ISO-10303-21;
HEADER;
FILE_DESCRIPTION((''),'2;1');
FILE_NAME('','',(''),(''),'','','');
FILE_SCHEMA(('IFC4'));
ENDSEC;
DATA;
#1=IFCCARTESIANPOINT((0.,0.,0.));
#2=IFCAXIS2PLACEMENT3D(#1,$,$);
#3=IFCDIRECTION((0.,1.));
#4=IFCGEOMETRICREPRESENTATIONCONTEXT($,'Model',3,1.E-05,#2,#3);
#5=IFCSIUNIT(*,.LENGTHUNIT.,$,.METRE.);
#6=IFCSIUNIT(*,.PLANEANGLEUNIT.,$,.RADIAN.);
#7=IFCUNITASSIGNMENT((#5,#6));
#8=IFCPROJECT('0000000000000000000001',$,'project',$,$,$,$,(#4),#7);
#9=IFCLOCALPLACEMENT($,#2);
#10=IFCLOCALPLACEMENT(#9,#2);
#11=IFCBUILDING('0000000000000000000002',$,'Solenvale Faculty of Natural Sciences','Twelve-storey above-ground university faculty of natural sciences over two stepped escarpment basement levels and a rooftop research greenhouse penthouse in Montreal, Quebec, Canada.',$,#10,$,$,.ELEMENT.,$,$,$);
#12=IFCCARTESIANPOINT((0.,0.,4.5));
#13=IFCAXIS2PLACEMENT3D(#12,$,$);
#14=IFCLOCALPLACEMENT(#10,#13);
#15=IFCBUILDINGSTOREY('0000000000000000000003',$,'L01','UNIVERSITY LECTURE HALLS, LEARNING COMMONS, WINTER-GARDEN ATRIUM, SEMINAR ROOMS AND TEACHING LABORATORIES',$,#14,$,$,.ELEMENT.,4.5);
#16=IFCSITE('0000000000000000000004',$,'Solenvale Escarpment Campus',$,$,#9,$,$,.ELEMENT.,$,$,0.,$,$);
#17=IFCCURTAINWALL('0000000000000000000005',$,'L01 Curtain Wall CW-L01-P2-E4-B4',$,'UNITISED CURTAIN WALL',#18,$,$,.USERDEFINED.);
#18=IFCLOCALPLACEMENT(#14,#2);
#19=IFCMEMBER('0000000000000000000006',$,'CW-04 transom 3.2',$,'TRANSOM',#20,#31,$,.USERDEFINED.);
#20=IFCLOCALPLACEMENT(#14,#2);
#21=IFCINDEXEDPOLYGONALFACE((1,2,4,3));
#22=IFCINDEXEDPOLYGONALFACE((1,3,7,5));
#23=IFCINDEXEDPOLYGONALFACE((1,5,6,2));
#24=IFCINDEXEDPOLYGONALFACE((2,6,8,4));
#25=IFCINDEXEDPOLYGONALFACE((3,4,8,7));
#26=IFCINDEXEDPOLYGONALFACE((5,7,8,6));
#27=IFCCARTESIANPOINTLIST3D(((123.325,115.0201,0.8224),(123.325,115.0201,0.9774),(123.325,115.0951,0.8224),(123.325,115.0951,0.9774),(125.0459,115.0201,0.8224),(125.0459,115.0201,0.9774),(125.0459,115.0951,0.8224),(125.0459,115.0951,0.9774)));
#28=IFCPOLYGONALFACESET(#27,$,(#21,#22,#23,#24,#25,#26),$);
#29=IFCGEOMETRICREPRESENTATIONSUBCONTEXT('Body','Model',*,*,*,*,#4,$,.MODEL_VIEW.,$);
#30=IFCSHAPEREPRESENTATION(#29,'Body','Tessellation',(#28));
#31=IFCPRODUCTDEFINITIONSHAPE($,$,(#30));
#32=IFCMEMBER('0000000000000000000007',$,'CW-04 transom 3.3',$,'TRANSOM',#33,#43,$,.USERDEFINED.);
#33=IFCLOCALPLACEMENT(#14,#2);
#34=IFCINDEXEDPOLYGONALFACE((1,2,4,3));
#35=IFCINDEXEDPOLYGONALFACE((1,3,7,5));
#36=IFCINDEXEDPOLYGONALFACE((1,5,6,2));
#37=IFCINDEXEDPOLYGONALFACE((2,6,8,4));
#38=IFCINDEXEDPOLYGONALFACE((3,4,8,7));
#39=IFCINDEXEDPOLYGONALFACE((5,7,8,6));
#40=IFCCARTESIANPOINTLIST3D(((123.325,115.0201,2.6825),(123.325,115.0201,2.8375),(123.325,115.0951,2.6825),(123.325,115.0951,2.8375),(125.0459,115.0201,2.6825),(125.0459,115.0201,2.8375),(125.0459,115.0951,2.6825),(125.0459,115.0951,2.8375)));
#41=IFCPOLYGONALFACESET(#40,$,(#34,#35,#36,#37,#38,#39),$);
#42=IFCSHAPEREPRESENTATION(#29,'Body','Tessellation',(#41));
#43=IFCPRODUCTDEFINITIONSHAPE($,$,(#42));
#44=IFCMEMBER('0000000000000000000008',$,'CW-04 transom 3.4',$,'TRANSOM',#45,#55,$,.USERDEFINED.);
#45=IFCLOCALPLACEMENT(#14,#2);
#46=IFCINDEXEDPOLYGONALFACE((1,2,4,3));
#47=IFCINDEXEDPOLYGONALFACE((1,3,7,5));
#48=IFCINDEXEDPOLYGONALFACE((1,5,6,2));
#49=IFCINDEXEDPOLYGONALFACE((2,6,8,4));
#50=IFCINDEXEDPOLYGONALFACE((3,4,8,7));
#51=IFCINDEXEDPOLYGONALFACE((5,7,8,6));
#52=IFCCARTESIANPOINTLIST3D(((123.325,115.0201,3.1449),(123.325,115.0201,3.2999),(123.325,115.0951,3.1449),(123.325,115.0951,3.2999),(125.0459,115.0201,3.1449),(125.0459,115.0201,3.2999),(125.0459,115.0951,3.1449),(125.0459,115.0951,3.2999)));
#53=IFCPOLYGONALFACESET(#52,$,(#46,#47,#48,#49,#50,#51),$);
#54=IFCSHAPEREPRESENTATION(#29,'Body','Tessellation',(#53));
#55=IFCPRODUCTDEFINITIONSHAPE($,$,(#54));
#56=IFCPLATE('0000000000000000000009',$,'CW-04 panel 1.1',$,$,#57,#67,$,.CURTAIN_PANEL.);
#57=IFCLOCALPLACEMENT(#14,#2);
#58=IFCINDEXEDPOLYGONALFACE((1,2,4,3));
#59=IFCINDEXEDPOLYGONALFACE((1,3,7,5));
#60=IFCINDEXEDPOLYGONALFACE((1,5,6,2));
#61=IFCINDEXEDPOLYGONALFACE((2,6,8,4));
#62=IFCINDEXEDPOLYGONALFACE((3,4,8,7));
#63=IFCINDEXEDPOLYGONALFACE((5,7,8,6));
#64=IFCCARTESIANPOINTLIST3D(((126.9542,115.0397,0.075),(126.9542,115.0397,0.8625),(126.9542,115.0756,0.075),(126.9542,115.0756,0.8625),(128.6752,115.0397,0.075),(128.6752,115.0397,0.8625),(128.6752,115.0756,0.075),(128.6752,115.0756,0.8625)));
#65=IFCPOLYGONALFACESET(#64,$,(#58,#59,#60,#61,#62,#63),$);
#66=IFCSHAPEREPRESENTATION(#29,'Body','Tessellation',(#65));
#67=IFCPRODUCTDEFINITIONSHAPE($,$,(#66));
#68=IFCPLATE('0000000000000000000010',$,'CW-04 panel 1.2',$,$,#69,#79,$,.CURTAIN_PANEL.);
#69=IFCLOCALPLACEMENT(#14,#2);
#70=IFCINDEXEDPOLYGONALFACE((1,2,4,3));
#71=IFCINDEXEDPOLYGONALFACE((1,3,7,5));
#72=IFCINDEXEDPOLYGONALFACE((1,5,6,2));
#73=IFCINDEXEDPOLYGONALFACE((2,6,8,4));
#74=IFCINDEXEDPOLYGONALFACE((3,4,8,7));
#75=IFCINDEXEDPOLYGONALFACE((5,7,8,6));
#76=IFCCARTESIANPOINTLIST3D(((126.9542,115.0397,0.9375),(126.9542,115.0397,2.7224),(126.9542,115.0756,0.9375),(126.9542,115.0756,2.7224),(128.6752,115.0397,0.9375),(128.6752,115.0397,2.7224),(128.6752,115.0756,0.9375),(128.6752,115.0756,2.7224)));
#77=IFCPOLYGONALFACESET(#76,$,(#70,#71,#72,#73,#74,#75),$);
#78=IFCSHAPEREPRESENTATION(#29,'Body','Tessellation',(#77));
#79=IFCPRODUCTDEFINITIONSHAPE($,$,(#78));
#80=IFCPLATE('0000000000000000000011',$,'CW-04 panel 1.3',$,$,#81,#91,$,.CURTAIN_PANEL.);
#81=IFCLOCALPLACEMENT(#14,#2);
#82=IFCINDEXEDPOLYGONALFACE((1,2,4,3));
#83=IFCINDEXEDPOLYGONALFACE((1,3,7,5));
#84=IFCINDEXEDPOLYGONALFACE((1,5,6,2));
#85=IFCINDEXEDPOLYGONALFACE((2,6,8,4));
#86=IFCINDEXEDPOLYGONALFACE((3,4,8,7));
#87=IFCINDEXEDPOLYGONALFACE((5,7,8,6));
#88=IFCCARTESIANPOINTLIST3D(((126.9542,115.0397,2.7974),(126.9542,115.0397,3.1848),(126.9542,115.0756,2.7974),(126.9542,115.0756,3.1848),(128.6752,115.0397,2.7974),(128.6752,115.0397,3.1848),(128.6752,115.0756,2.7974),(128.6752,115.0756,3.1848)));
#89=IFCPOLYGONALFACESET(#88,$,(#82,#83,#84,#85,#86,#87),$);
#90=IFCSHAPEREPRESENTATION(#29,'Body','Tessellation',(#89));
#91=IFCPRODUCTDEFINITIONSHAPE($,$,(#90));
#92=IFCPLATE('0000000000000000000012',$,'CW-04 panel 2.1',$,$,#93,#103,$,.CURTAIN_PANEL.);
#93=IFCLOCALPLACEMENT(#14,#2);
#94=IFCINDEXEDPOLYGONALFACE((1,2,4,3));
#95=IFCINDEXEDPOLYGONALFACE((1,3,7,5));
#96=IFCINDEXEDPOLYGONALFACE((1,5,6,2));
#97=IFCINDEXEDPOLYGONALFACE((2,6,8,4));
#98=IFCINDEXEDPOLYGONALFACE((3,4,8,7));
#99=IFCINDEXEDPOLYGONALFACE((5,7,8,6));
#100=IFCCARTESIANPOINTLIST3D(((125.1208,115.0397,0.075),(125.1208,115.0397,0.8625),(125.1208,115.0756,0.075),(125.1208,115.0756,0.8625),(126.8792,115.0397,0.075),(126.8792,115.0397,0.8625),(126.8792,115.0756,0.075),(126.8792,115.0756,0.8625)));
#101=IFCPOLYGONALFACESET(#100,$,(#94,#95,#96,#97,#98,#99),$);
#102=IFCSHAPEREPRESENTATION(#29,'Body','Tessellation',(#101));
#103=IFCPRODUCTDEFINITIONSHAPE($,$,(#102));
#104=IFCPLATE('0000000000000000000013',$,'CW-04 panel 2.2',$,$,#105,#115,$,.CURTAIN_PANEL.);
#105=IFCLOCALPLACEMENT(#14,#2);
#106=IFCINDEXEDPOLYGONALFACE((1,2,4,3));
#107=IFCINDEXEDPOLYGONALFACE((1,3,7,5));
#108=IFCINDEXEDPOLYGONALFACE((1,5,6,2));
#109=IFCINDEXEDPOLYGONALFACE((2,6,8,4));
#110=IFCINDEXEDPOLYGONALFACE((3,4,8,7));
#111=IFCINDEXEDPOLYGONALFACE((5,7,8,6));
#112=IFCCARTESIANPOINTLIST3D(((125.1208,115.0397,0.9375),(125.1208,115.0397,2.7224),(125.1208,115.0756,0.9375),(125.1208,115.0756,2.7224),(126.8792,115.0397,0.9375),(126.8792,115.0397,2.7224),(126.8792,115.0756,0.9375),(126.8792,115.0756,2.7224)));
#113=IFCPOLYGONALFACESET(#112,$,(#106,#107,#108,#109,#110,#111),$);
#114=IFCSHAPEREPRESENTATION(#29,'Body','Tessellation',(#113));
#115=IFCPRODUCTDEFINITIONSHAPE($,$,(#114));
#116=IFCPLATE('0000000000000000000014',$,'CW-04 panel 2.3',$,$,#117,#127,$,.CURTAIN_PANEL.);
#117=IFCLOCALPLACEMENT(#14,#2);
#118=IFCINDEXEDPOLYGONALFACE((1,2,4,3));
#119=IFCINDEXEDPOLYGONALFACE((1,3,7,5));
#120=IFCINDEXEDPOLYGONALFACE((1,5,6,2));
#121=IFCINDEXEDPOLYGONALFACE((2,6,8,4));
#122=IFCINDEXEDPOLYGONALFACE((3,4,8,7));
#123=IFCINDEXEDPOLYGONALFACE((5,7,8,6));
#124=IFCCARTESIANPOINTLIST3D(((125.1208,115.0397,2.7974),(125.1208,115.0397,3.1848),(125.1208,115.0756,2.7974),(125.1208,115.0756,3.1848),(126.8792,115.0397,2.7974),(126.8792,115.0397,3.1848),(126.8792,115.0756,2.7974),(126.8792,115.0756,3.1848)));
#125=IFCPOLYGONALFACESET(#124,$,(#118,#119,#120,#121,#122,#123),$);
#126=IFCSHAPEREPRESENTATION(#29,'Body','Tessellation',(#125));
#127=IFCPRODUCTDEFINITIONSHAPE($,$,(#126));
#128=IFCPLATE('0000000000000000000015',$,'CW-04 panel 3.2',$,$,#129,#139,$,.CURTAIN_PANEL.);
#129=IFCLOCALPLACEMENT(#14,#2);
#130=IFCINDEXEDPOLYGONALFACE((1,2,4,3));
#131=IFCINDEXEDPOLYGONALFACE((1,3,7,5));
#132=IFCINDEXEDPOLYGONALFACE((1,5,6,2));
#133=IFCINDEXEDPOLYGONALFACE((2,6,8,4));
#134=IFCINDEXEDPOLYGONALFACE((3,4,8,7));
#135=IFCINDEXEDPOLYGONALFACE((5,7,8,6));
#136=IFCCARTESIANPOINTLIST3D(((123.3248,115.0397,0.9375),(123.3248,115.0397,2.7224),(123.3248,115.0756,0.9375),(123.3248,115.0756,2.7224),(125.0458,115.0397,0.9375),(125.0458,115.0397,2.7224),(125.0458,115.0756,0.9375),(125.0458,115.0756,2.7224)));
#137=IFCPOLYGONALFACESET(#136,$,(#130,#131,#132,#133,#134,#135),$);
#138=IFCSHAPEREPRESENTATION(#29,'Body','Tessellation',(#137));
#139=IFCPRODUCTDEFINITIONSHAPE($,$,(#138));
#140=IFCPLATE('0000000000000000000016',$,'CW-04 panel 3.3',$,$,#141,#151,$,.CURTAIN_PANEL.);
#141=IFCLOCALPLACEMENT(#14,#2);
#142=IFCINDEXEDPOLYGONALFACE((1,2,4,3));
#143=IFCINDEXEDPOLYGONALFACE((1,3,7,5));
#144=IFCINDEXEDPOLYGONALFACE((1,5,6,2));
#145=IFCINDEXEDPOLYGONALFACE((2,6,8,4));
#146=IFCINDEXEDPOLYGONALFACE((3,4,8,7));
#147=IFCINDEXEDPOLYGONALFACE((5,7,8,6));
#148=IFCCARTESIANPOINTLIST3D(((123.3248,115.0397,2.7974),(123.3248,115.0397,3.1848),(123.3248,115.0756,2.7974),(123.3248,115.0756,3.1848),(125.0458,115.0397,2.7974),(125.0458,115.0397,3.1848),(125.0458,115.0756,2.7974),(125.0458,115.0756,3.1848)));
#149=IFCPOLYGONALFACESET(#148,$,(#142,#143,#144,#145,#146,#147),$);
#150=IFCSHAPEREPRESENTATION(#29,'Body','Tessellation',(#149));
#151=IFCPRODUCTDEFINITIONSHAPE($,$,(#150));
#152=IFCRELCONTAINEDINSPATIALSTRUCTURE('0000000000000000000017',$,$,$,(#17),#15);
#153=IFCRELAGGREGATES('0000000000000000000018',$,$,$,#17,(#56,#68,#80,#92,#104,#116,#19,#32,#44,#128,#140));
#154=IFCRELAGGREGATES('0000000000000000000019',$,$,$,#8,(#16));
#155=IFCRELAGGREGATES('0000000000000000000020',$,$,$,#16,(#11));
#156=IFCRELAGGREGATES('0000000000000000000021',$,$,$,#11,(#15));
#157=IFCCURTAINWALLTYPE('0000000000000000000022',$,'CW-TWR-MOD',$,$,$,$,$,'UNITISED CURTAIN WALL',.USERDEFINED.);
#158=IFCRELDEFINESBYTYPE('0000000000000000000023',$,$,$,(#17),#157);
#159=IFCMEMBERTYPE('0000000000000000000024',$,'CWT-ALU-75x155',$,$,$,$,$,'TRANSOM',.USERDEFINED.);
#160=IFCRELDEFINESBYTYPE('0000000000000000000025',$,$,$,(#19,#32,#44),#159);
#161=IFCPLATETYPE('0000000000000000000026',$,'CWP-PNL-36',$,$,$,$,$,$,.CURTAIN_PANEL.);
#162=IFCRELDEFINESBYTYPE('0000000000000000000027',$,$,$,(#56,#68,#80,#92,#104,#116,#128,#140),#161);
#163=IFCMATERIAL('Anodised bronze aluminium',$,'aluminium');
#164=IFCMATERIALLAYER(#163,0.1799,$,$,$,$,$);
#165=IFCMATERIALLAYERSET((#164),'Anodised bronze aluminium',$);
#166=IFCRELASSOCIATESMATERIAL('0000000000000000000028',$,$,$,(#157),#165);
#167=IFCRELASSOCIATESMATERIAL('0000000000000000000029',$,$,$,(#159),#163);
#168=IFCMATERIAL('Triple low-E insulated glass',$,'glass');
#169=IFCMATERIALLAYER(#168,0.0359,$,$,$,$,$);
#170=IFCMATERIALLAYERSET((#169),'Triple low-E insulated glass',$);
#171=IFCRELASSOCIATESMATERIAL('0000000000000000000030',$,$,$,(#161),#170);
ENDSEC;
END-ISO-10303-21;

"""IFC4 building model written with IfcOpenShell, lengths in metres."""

from ifc_helpers import new_model, si_unit, direction, frame, origin, origin_2d, place, context, subcontext, project, spatial, rectangle, extrude, material, layer, layer_set, material_profile, profile_set, type_object, element, aggregate, save


model = new_model("IFC4")

# Units and contexts
model_context = context("Model", 3, precision=1e-05, world=origin(), true_north=direction((0.0, 1.0)))
body_context = subcontext(model_context, "Body", "Model", "MODEL_VIEW")
ifc_project = project(units=[si_unit("LENGTHUNIT", "METRE"), si_unit("PLANEANGLEUNIT", "RADIAN")], contexts=[model_context])

# Site, building, storey
site_placement = place(None, origin())
site = spatial("IfcSite", under=ifc_project, at=site_placement, Name="Solenvale Escarpment Campus", CompositionType="ELEMENT", RefElevation=0.0)
building_placement = place(site_placement, origin())
building = spatial("IfcBuilding", under=site, at=building_placement, Name="Solenvale Faculty of Natural Sciences", Description="Twelve-storey above-ground university faculty of natural sciences over two stepped escarpment basement levels and a rooftop research greenhouse penthouse in Montreal, Quebec, Canada.", CompositionType="ELEMENT")
storey_placement = place(building_placement, frame((0.0, 0.0, 4.5)))
storey = spatial("IfcBuildingStorey", under=building, at=storey_placement, Name="L01", Description="UNIVERSITY LECTURE HALLS, LEARNING COMMONS, WINTER-GARDEN ATRIUM, SEMINAR ROOMS AND TEACHING LABORATORIES", CompositionType="ELEMENT", Elevation=4.5)

# Curtain wall, members, plates
ifc_material_1 = material(Name="Anodised bronze aluminium", Category="aluminium")
ifc_layer_1 = layer(ifc_material_1, 0.1799)
ifc_layer_set_1 = layer_set([ifc_layer_1], Name="Anodised bronze aluminium")
curtain_wall_type = type_object("IfcCurtainWallType", Name="CW-TWR-MOD", ElementType="UNITISED CURTAIN WALL", PredefinedType="USERDEFINED", material=ifc_layer_set_1)
curtain_wall_placement = place(storey_placement, origin())
curtain_wall = element("IfcCurtainWall", 1, at=curtain_wall_placement, inside=storey, type_object=curtain_wall_type, Name="L01 Curtain Wall CW-L01-P2-E4-B4", ObjectType="UNITISED CURTAIN WALL", PredefinedType="USERDEFINED")
ifc_material_profile_1 = material_profile(ifc_material_1, rectangle(XDim=0.075, YDim=0.155, at=origin_2d()), Name="ALU-TRN-75x155")
ifc_profile_set_1 = profile_set([ifc_material_profile_1], Name="Anodised bronze aluminium")
member_type_1 = type_object("IfcMemberType", Name="CWT-ALU-75x155", ElementType="TRANSOM", PredefinedType="USERDEFINED", material=ifc_profile_set_1)
member_1_placement = place(storey_placement, frame((125.0459, 115.0576, 0.8999), z_axis=(-1.0, 0.0, 0.0), x_axis=(0.0, -1.0, 0.0)))
member_1 = element("IfcMember", 2, at=member_1_placement, type_object=member_type_1, Name="CW-04 transom 3.2", ObjectType="TRANSOM", PredefinedType="USERDEFINED", context=body_context, shape_type="SweptSolid", body=[
    extrude(rectangle(XDim=0.075, YDim=0.155, at=origin_2d()), origin(), (0.0, 0.0, 1.0), 1.7209),
])
member_2_placement = place(storey_placement, frame((125.0459, 115.0576, 2.76), z_axis=(-1.0, 0.0, 0.0), x_axis=(0.0, -1.0, 0.0)))
member_2 = element("IfcMember", 3, at=member_2_placement, type_object=member_type_1, Name="CW-04 transom 3.3", ObjectType="TRANSOM", PredefinedType="USERDEFINED", context=body_context, shape_type="SweptSolid", body=[
    extrude(rectangle(XDim=0.075, YDim=0.155, at=origin_2d()), origin(), (0.0, 0.0, 1.0), 1.7209),
])
member_3_placement = place(storey_placement, frame((125.0459, 115.0576, 3.2224), z_axis=(-1.0, 0.0, 0.0), x_axis=(0.0, -1.0, 0.0)))
member_3 = element("IfcMember", 4, at=member_3_placement, type_object=member_type_1, Name="CW-04 transom 3.4", ObjectType="TRANSOM", PredefinedType="USERDEFINED", context=body_context, shape_type="SweptSolid", body=[
    extrude(rectangle(XDim=0.075, YDim=0.155, at=origin_2d()), origin(), (0.0, 0.0, 1.0), 1.7209),
])
ifc_material_2 = material(Name="Triple low-E insulated glass", Category="glass")
ifc_layer_2 = layer(ifc_material_2, 0.0359)
ifc_layer_set_2 = layer_set([ifc_layer_2], Name="Triple low-E insulated glass")
plate_type = type_object("IfcPlateType", Name="CWP-PNL-36", PredefinedType="CURTAIN_PANEL", material=ifc_layer_set_2)
plate_1_placement = place(storey_placement, frame((127.8147, 115.0576, 0.075), z_axis=(0.0, 0.0, 1.0), x_axis=(-1.0, 0.0, 0.0)))
plate_1 = element("IfcPlate", 5, at=plate_1_placement, type_object=plate_type, Name="CW-04 panel 1.1", PredefinedType="CURTAIN_PANEL", context=body_context, shape_type="SweptSolid", body=[
    extrude(rectangle(XDim=1.7209, YDim=0.0359, at=origin_2d()), origin(), (0.0, 0.0, 1.0), 0.7876),
])
plate_2_placement = place(storey_placement, frame((127.8147, 115.0576, 0.9375), z_axis=(0.0, 0.0, 1.0), x_axis=(-1.0, 0.0, 0.0)))
plate_2 = element("IfcPlate", 6, at=plate_2_placement, type_object=plate_type, Name="CW-04 panel 1.2", PredefinedType="CURTAIN_PANEL", context=body_context, shape_type="SweptSolid", body=[
    extrude(rectangle(XDim=1.7209, YDim=0.0359, at=origin_2d()), origin(), (0.0, 0.0, 1.0), 1.7849),
])
plate_3_placement = place(storey_placement, frame((127.8147, 115.0576, 2.7974), z_axis=(0.0, 0.0, 1.0), x_axis=(-1.0, 0.0, 0.0)))
plate_3 = element("IfcPlate", 7, at=plate_3_placement, type_object=plate_type, Name="CW-04 panel 1.3", PredefinedType="CURTAIN_PANEL", context=body_context, shape_type="SweptSolid", body=[
    extrude(rectangle(XDim=1.7209, YDim=0.0359, at=origin_2d()), origin(), (0.0, 0.0, 1.0), 0.3875),
])
plate_4_placement = place(storey_placement, frame((126.0, 115.0576, 0.075), z_axis=(0.0, 0.0, 1.0), x_axis=(-1.0, 0.0, 0.0)))
plate_4 = element("IfcPlate", 8, at=plate_4_placement, type_object=plate_type, Name="CW-04 panel 2.1", PredefinedType="CURTAIN_PANEL", context=body_context, shape_type="SweptSolid", body=[
    extrude(rectangle(XDim=1.7583, YDim=0.0359, at=origin_2d()), origin(), (0.0, 0.0, 1.0), 0.7876),
])
plate_5_placement = place(storey_placement, frame((126.0, 115.0576, 0.9375), z_axis=(0.0, 0.0, 1.0), x_axis=(-1.0, 0.0, 0.0)))
plate_5 = element("IfcPlate", 9, at=plate_5_placement, type_object=plate_type, Name="CW-04 panel 2.2", PredefinedType="CURTAIN_PANEL", context=body_context, shape_type="SweptSolid", body=[
    extrude(rectangle(XDim=1.7583, YDim=0.0359, at=origin_2d()), origin(), (0.0, 0.0, 1.0), 1.7849),
])
plate_6_placement = place(storey_placement, frame((126.0, 115.0576, 2.7974), z_axis=(0.0, 0.0, 1.0), x_axis=(-1.0, 0.0, 0.0)))
plate_6 = element("IfcPlate", 10, at=plate_6_placement, type_object=plate_type, Name="CW-04 panel 2.3", PredefinedType="CURTAIN_PANEL", context=body_context, shape_type="SweptSolid", body=[
    extrude(rectangle(XDim=1.7583, YDim=0.0359, at=origin_2d()), origin(), (0.0, 0.0, 1.0), 0.3875),
])
plate_7_placement = place(storey_placement, frame((124.1853, 115.0576, 0.9375), z_axis=(0.0, 0.0, 1.0), x_axis=(-1.0, 0.0, 0.0)))
plate_7 = element("IfcPlate", 11, at=plate_7_placement, type_object=plate_type, Name="CW-04 panel 3.2", PredefinedType="CURTAIN_PANEL", context=body_context, shape_type="SweptSolid", body=[
    extrude(rectangle(XDim=1.7209, YDim=0.0359, at=origin_2d()), origin(), (0.0, 0.0, 1.0), 1.7849),
])
plate_8_placement = place(storey_placement, frame((124.1853, 115.0576, 2.7974), z_axis=(0.0, 0.0, 1.0), x_axis=(-1.0, 0.0, 0.0)))
plate_8 = element("IfcPlate", 12, at=plate_8_placement, type_object=plate_type, Name="CW-04 panel 3.3", PredefinedType="CURTAIN_PANEL", context=body_context, shape_type="SweptSolid", body=[
    extrude(rectangle(XDim=1.7209, YDim=0.0359, at=origin_2d()), origin(), (0.0, 0.0, 1.0), 0.3875),
])
aggregate(curtain_wall, [plate_1, plate_2, plate_3, plate_4, plate_5, plate_6, member_1, member_2, member_3, plate_7, plate_8])

save(model, "model.ifc")
